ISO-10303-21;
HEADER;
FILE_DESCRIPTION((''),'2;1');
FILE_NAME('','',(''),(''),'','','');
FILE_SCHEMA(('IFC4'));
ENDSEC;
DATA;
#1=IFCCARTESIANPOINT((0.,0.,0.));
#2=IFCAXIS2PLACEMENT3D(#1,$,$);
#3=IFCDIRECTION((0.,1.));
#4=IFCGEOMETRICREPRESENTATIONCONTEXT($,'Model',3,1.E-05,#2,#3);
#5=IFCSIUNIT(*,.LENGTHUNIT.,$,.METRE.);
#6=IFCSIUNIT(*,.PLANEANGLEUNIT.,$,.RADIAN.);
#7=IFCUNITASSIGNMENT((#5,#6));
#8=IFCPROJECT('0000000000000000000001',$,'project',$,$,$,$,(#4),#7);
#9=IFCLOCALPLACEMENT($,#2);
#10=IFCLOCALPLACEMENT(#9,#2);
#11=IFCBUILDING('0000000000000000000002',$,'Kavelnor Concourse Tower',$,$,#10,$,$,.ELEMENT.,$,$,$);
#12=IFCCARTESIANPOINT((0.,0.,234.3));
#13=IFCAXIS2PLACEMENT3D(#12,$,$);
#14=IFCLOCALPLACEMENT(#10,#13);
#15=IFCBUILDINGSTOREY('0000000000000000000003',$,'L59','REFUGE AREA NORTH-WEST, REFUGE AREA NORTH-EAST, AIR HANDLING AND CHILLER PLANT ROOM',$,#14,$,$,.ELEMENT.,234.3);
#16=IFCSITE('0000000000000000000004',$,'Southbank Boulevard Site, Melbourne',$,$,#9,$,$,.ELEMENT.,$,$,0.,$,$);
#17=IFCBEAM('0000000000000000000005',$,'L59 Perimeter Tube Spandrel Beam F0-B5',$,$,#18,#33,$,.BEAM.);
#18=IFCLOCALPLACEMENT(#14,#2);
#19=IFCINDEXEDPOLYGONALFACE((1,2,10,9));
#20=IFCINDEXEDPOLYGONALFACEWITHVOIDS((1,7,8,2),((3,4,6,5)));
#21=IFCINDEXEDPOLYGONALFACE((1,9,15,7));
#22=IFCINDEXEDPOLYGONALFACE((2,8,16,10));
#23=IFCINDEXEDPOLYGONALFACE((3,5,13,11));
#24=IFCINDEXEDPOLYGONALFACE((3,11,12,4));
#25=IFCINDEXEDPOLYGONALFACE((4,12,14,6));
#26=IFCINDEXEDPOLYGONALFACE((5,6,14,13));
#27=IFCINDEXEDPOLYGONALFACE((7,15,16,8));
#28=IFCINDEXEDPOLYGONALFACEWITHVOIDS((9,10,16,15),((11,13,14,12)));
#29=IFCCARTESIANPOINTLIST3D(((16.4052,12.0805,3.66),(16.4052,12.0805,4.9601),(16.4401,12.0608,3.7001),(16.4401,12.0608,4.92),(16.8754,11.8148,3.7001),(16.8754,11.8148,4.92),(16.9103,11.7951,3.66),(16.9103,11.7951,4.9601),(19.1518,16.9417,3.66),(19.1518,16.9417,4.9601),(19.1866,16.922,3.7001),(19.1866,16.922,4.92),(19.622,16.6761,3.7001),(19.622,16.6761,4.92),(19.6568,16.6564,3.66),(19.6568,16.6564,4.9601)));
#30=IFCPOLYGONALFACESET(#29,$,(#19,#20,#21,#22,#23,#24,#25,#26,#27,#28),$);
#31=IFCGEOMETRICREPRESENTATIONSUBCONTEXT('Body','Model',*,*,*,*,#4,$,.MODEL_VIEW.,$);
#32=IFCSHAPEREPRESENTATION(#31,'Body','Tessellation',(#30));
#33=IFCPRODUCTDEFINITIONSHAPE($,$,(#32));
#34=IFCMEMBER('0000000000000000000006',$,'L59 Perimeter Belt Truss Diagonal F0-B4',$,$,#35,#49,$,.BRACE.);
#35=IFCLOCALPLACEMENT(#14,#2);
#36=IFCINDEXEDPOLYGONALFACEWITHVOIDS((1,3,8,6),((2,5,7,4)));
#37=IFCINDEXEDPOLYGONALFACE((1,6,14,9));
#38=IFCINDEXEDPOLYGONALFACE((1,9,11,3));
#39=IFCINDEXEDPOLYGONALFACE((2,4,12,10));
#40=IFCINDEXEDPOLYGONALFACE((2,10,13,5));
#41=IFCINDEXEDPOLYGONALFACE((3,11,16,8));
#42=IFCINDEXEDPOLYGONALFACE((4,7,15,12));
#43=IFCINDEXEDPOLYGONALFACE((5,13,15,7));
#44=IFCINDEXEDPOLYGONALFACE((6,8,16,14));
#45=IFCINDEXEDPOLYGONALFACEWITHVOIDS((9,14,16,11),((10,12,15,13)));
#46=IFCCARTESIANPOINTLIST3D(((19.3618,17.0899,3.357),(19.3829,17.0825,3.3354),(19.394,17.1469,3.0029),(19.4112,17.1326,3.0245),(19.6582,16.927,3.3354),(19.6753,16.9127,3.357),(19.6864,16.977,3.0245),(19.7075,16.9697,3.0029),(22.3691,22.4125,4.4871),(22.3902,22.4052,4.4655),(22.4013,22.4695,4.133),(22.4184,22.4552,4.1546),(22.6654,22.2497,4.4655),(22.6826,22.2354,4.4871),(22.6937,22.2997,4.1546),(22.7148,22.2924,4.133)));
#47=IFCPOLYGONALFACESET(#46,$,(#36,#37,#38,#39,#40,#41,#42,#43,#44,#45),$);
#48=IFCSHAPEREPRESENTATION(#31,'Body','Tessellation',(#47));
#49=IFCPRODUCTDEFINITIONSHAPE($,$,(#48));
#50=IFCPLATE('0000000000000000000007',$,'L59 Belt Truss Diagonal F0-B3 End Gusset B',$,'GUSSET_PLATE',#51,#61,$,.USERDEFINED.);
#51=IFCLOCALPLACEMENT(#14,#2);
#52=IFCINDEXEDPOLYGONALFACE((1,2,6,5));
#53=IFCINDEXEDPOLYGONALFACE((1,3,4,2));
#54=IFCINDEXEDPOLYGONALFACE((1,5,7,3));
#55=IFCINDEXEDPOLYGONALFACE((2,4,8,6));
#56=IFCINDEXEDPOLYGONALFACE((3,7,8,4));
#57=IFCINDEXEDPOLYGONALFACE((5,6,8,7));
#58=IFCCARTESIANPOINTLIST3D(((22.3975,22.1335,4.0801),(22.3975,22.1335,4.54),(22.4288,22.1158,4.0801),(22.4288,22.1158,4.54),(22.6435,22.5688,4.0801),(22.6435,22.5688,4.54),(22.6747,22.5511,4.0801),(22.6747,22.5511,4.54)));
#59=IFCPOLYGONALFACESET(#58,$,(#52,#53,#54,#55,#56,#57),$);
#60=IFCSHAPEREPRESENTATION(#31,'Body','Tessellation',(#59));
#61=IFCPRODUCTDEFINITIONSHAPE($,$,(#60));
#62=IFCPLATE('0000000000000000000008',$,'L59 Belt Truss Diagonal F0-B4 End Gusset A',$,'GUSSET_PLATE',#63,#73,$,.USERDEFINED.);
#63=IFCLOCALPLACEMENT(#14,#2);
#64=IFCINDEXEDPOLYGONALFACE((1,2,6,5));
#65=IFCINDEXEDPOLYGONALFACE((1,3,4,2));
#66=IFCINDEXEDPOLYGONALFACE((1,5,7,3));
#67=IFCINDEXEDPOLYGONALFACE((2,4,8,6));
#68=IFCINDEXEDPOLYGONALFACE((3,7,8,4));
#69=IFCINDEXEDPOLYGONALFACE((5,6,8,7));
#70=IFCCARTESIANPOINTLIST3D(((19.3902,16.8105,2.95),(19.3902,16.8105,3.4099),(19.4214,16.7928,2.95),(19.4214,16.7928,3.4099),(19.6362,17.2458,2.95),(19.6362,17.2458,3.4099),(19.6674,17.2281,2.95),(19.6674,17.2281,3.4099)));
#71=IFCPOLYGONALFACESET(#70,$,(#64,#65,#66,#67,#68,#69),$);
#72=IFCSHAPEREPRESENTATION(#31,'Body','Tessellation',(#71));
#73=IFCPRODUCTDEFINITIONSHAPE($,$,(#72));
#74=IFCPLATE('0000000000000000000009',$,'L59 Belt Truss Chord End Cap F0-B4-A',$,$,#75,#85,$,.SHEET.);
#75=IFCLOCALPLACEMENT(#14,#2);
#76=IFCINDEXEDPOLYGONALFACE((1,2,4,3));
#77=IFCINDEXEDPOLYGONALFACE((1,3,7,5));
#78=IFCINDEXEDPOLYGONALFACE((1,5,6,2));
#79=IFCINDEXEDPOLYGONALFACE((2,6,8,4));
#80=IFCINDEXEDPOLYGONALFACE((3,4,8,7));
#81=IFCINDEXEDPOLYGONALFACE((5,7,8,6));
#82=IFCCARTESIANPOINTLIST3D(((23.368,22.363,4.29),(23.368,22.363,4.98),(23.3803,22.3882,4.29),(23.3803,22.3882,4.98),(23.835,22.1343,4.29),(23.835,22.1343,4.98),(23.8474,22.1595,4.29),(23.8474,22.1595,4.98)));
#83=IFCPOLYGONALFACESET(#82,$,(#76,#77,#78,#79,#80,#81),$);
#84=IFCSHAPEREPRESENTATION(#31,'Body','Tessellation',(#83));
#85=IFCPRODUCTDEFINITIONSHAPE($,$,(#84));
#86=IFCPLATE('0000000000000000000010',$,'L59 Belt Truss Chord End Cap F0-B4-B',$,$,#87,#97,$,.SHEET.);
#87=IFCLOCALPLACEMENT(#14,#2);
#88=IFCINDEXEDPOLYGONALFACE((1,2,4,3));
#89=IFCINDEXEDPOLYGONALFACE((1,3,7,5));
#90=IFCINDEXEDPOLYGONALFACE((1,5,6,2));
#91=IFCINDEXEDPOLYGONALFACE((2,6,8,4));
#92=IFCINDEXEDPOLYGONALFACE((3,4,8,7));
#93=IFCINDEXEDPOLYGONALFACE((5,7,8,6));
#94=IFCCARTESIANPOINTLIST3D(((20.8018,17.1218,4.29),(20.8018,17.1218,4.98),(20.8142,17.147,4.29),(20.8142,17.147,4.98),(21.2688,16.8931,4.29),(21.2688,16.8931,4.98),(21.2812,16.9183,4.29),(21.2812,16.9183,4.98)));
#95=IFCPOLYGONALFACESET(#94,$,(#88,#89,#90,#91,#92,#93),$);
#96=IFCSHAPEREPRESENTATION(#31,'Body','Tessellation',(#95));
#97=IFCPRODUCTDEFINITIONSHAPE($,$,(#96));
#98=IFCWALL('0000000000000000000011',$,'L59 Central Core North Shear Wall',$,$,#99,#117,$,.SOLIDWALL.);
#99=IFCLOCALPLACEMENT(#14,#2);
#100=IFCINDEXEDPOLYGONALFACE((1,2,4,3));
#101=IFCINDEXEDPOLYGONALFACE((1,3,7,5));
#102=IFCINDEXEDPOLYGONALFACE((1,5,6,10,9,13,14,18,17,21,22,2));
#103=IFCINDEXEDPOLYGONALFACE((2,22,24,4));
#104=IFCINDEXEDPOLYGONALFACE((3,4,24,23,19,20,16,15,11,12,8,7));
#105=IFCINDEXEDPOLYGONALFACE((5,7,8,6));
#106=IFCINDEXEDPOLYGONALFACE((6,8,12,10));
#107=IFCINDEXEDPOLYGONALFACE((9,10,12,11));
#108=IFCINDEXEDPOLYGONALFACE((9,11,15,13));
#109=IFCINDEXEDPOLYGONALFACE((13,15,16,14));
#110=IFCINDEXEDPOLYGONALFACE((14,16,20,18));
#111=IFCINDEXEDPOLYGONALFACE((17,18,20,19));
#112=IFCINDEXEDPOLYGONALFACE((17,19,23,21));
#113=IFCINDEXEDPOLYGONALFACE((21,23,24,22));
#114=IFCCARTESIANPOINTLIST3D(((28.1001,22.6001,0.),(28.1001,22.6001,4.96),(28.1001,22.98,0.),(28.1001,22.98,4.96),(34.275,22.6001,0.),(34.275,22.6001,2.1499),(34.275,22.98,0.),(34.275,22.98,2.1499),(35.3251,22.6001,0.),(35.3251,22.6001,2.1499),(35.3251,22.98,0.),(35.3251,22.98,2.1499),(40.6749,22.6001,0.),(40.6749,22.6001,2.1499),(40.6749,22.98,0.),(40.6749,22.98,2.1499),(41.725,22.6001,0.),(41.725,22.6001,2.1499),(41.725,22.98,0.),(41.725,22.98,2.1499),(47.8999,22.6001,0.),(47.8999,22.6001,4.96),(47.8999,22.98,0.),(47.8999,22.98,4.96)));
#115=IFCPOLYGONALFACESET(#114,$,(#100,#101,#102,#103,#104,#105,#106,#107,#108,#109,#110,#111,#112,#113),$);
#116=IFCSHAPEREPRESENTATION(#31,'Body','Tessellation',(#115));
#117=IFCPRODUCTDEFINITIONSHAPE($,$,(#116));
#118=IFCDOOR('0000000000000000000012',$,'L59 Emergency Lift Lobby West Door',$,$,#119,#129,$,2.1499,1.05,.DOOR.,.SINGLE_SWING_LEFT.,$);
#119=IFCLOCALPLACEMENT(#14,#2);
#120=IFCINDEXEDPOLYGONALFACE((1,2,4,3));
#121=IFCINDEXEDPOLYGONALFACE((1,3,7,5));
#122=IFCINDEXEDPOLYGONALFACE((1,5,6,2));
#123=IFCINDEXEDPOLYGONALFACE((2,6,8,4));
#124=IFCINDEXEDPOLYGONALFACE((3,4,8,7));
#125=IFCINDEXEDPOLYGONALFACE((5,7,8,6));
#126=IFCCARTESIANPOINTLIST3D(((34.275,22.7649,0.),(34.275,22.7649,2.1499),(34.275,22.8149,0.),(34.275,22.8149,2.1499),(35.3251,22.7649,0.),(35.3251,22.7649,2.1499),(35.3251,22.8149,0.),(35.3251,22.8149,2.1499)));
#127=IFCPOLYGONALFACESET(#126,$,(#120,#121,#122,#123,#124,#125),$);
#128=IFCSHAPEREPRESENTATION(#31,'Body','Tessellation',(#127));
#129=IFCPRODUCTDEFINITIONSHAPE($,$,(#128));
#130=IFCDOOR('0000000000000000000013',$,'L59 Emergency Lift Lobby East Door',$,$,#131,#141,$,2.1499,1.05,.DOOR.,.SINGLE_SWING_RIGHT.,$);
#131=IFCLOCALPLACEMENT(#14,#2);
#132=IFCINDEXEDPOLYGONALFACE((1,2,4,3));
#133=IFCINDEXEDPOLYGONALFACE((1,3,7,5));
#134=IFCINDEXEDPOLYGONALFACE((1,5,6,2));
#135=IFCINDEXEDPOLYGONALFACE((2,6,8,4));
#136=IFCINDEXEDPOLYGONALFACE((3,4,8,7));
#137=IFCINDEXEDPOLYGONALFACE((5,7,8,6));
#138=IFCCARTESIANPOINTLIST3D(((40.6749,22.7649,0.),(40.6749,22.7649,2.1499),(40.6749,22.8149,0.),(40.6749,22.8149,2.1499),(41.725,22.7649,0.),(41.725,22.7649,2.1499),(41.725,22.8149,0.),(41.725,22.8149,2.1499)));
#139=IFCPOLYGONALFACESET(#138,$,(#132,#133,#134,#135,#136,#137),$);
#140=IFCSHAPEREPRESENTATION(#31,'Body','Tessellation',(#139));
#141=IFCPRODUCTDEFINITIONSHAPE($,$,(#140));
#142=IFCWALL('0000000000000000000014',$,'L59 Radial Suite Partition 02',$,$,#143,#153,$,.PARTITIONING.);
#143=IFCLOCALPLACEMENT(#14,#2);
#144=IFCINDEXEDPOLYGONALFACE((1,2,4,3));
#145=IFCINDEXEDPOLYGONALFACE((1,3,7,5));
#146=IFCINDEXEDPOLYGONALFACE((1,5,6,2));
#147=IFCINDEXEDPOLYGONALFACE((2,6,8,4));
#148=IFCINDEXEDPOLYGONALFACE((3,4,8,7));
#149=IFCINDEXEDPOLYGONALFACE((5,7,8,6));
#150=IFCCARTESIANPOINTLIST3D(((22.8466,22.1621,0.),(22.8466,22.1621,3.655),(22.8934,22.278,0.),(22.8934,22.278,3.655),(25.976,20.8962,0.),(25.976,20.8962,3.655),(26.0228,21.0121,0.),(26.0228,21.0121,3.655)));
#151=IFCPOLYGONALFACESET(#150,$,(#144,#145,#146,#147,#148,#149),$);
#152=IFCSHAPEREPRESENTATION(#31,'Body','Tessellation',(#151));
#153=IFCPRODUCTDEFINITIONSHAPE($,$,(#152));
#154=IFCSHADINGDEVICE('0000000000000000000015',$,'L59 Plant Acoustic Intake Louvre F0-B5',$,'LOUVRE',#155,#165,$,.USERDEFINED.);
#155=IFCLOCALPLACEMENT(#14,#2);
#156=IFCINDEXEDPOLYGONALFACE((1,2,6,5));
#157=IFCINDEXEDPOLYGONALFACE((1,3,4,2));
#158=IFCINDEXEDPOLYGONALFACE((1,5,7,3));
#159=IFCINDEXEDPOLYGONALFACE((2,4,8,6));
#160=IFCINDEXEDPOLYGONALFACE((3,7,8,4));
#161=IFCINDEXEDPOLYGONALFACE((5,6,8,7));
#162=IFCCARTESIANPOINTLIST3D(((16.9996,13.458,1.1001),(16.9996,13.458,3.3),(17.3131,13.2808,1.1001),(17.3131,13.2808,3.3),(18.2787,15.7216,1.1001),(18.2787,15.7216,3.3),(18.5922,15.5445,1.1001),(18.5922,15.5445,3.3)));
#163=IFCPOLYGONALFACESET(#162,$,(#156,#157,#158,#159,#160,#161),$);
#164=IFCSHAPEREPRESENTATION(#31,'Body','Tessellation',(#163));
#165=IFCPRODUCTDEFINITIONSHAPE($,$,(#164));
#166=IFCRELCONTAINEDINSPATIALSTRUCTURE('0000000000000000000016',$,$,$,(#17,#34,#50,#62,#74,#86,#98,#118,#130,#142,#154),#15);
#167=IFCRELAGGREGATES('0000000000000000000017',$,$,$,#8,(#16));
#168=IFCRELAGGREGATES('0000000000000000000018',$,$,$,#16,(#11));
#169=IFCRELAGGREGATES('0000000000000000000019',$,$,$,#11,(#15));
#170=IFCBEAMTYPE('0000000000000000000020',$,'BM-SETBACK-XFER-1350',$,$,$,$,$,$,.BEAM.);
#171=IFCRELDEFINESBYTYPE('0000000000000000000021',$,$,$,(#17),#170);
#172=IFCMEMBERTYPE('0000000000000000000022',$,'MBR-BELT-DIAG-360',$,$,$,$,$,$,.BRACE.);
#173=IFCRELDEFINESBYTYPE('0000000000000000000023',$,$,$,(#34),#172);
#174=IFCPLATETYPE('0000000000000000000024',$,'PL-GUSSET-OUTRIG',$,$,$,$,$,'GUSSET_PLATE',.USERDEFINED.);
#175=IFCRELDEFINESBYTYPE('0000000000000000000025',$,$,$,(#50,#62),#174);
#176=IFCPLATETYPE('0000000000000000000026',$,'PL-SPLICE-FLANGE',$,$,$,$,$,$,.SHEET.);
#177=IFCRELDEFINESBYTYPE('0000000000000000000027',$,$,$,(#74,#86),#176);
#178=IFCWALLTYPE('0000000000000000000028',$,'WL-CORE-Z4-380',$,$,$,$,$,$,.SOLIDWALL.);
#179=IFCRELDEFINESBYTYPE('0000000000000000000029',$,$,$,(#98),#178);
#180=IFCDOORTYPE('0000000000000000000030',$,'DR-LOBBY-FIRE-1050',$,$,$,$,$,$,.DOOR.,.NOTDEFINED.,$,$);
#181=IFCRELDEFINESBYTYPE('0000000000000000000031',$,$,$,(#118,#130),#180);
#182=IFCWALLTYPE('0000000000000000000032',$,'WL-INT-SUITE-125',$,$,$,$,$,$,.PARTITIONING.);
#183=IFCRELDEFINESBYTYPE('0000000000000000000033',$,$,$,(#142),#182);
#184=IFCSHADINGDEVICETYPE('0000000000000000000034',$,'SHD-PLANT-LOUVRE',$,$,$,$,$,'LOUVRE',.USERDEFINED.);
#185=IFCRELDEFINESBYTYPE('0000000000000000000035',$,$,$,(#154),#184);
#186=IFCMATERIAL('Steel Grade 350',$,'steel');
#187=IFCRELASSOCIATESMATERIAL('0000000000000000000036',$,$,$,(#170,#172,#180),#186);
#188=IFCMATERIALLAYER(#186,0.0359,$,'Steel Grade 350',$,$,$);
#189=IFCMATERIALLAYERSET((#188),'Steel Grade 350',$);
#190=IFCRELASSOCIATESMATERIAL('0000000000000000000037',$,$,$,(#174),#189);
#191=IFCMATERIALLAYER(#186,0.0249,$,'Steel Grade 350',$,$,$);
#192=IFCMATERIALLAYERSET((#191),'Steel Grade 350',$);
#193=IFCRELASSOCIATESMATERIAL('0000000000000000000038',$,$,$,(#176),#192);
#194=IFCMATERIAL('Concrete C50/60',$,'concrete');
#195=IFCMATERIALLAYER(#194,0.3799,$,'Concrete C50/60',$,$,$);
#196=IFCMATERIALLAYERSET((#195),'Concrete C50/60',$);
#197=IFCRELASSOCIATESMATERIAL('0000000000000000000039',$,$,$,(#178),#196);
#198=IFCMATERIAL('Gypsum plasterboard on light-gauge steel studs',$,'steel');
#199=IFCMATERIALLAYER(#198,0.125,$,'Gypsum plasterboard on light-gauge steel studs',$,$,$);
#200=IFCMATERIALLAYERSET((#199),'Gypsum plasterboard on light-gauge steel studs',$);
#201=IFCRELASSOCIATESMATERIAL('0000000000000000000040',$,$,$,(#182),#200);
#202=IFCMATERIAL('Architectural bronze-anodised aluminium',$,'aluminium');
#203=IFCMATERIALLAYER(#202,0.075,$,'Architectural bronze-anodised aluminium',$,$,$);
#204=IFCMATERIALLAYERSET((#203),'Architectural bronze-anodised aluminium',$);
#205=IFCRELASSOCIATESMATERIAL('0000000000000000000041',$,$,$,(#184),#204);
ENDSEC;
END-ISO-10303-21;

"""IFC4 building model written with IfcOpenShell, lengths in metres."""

from ifc_helpers import new_model, si_unit, direction, frame, frame_2d, origin, origin_2d, place, context, subcontext, project, spatial, rectangle, hollow_rectangle, extrude, material, layer, layer_set, material_profile, profile_set, type_object, element, fill, save


model = new_model("IFC4")

# Units and contexts
model_context = context("Model", 3, precision=1e-05, world=origin(), true_north=direction((0.0, 1.0)))
body_context = subcontext(model_context, "Body", "Model", "MODEL_VIEW")
ifc_project = project(units=[si_unit("LENGTHUNIT", "METRE"), si_unit("PLANEANGLEUNIT", "RADIAN")], contexts=[model_context])

# Site, building, storey
site_placement = place(None, origin())
site = spatial("IfcSite", under=ifc_project, at=site_placement, Name="Southbank Boulevard Site, Melbourne", CompositionType="ELEMENT", RefElevation=0.0)
building_placement = place(site_placement, origin())
building = spatial("IfcBuilding", under=site, at=building_placement, Name="Kavelnor Concourse Tower", CompositionType="ELEMENT")
storey_placement = place(building_placement, frame((0.0, 0.0, 234.3)))
storey = spatial("IfcBuildingStorey", under=building, at=storey_placement, Name="L59", Description="REFUGE AREA NORTH-WEST, REFUGE AREA NORTH-EAST, AIR HANDLING AND CHILLER PLANT ROOM", CompositionType="ELEMENT", Elevation=234.3)

# Shared definitions
ifc_material_1 = material(Name="Steel Grade 350", Category="steel")

# Beam
ifc_material_profile_1 = material_profile(ifc_material_1, hollow_rectangle(XDim=0.5801, YDim=1.3, WallThickness=0.04, at=origin_2d()), Name="RHS 1300x580x40")
ifc_profile_set_1 = profile_set([ifc_material_profile_1], Name="Steel Grade 350")
beam_type_1 = type_object("IfcBeamType", Name="BM-SETBACK-XFER-1350", PredefinedType="BEAM", material=ifc_profile_set_1)
for number, where, z_axis, x_axis, name in (
    (1, (19.4043, 16.7991, 4.3101), (-0.491905, -0.870649, 0.0), (0.870649, -0.491905, 0.0), "L59 Perimeter Tube Spandrel Beam F0-B5"),
):
    element("IfcBeam", number, at=place(storey_placement, frame(where, z_axis=z_axis, x_axis=x_axis)), inside=storey, type_object=beam_type_1, Name=name, PredefinedType="BEAM", context=body_context, shape_type="SweptSolid", body=[
        extrude(hollow_rectangle(XDim=0.5801, YDim=1.3, WallThickness=0.04, at=origin_2d()), origin(), (0.0, 0.0, 1.0), 5.5835),
    ])

# Member
ifc_material_profile_2 = material_profile(ifc_material_1, hollow_rectangle(XDim=0.3601, YDim=0.3601, WallThickness=0.022, at=origin_2d()), Name="SHS 360x360x22")
ifc_profile_set_2 = profile_set([ifc_material_profile_2], Name="Steel Grade 350")
member_type = type_object("IfcMemberType", Name="MBR-BELT-DIAG-360", PredefinedType="BRACE", material=ifc_profile_set_2)
member_placement = place(storey_placement, frame((19.5347, 17.0298, 3.1799), z_axis=(0.483715, 0.856141, 0.181776), x_axis=(-0.870646, 0.49191, 0.0)))
element("IfcMember", 2, at=member_placement, inside=storey, type_object=member_type, Name="L59 Perimeter Belt Truss Diagonal F0-B4", PredefinedType="BRACE", context=body_context, shape_type="SweptSolid", body=[
    extrude(hollow_rectangle(XDim=0.3601, YDim=0.3601, WallThickness=0.022, at=origin_2d()), origin(), (0.0, 0.0, 1.0), 6.217),
])

# Plates
ifc_layer_1 = layer(ifc_material_1, 0.0359, Name="Steel Grade 350")
ifc_layer_set_1 = layer_set([ifc_layer_1], Name="Steel Grade 350")
plate_type_1 = type_object("IfcPlateType", Name="PL-GUSSET-OUTRIG", ElementType="GUSSET_PLATE", PredefinedType="USERDEFINED", material=ifc_layer_set_1)
for number, where, z_axis, x_axis, name in (
    (3, (22.5361, 22.3423, 4.0801), (0.0, 0.0, 1.0), (-0.491968, -0.870613, 0.0), "L59 Belt Truss Diagonal F0-B3 End Gusset B"),
    (4, (19.5288, 17.0193, 2.95), (0.0, 0.0, 1.0), (0.491968, 0.870613, 0.0), "L59 Belt Truss Diagonal F0-B4 End Gusset A"),
):
    element("IfcPlate", number, at=place(storey_placement, frame(where, z_axis=z_axis, x_axis=x_axis)), inside=storey, type_object=plate_type_1, Name=name, ObjectType="GUSSET_PLATE", PredefinedType="USERDEFINED", context=body_context, shape_type="SweptSolid", body=[
        extrude(rectangle(XDim=0.5, YDim=0.0359, at=origin_2d()), origin(), (0.0, 0.0, 1.0), 0.46),
    ])
ifc_layer_2 = layer(ifc_material_1, 0.0249, Name="Steel Grade 350")
ifc_layer_set_2 = layer_set([ifc_layer_2], Name="Steel Grade 350")
plate_type_2 = type_object("IfcPlateType", Name="PL-SPLICE-FLANGE", PredefinedType="SHEET", material=ifc_layer_set_2)
for number, where, z_axis, x_axis, name in (
    (5, (23.6077, 22.2612, 4.29), (0.0, 0.0, 1.0), (-0.898104, 0.439782, 0.0), "L59 Belt Truss Chord End Cap F0-B4-A"),
    (6, (21.0415, 17.02, 4.29), (0.0, 0.0, 1.0), (0.898104, -0.439782, 0.0), "L59 Belt Truss Chord End Cap F0-B4-B"),
):
    element("IfcPlate", number, at=place(storey_placement, frame(where, z_axis=z_axis, x_axis=x_axis)), inside=storey, type_object=plate_type_2, Name=name, PredefinedType="SHEET", context=body_context, shape_type="SweptSolid", body=[
        extrude(rectangle(XDim=0.52, YDim=0.0281, at=origin_2d()), origin(), (0.0, 0.0, 1.0), 0.6899),
    ])

# Wall, openings, doors
ifc_material_2 = material(Name="Concrete C50/60", Category="concrete")
ifc_layer_3 = layer(ifc_material_2, 0.3799, Name="Concrete C50/60")
ifc_layer_set_3 = layer_set([ifc_layer_3], Name="Concrete C50/60")
wall_type_1 = type_object("IfcWallType", Name="WL-CORE-Z4-380", PredefinedType="SOLIDWALL", material=ifc_layer_set_3)
wall_1_placement = place(storey_placement, frame((28.1001, 22.79, 0.0), z_axis=(0.0, 0.0, 1.0), x_axis=(1.0, 0.0, 0.0)))
wall_1 = element("IfcWall", 7, at=wall_1_placement, inside=storey, type_object=wall_type_1, Name="L59 Central Core North Shear Wall", PredefinedType="SOLIDWALL", context=body_context, shape_type="SweptSolid", body=[
    extrude(rectangle(XDim=19.7998, YDim=0.3799, at=frame_2d((9.8999, 0.0))), origin(), (0.0, 0.0, 1.0), 4.96),
])
opening_1_placement = place(wall_1_placement, frame((6.175, 0.0, 0.0)))
opening_1 = element("IfcOpeningElement", 8, at=opening_1_placement, cuts=wall_1, PredefinedType="OPENING", context=body_context, shape_type="SweptSolid", body=[
    extrude(rectangle(XDim=1.05, YDim=2.1499, at=frame_2d((0.5249, 1.075))), frame((0.0, 0.2, 0.0), z_axis=(0.0, -1.0, 0.0), x_axis=(1.0, 0.0, 0.0)), (0.0, 0.0, 1.0), 0.3999),
])
opening_2_placement = place(wall_1_placement, frame((12.575, 0.0, 0.0)))
opening_2 = element("IfcOpeningElement", 9, at=opening_2_placement, cuts=wall_1, PredefinedType="OPENING", context=body_context, shape_type="SweptSolid", body=[
    extrude(rectangle(XDim=1.05, YDim=2.1499, at=frame_2d((0.5249, 1.075))), frame((0.0, 0.2, 0.0), z_axis=(0.0, -1.0, 0.0), x_axis=(1.0, 0.0, 0.0)), (0.0, 0.0, 1.0), 0.3999),
])
door_type = type_object("IfcDoorType", Name="DR-LOBBY-FIRE-1050", OperationType="NOTDEFINED", PredefinedType="DOOR", material=ifc_material_1)
door_1_placement = place(opening_1_placement, origin())
door_1 = element("IfcDoor", 10, at=door_1_placement, inside=storey, type_object=door_type, Name="L59 Emergency Lift Lobby West Door", OperationType="SINGLE_SWING_LEFT", OverallHeight=2.1499, OverallWidth=1.05, PredefinedType="DOOR", context=body_context, shape_type="SweptSolid", body=[
    extrude(rectangle(XDim=1.05, YDim=2.1499, at=frame_2d((0.5249, 1.075))), frame((0.0, 0.0249, 0.0), z_axis=(0.0, -1.0, 0.0), x_axis=(1.0, 0.0, 0.0)), (0.0, 0.0, 1.0), 0.05),
])
fill(opening_1, door_1)
door_2_placement = place(opening_2_placement, origin())
door_2 = element("IfcDoor", 11, at=door_2_placement, inside=storey, type_object=door_type, Name="L59 Emergency Lift Lobby East Door", OperationType="SINGLE_SWING_RIGHT", OverallHeight=2.1499, OverallWidth=1.05, PredefinedType="DOOR", context=body_context, shape_type="SweptSolid", body=[
    extrude(rectangle(XDim=1.05, YDim=2.1499, at=frame_2d((0.5249, 1.075))), frame((0.0, 0.0249, 0.0), z_axis=(0.0, -1.0, 0.0), x_axis=(1.0, 0.0, 0.0)), (0.0, 0.0, 1.0), 0.05),
])
fill(opening_2, door_2)

# Wall
ifc_material_3 = material(Name="Gypsum plasterboard on light-gauge steel studs", Category="steel")
ifc_layer_4 = layer(ifc_material_3, 0.125, Name="Gypsum plasterboard on light-gauge steel studs")
ifc_layer_set_4 = layer_set([ifc_layer_4], Name="Gypsum plasterboard on light-gauge steel studs")
wall_type_2 = type_object("IfcWallType", Name="WL-INT-SUITE-125", PredefinedType="PARTITIONING", material=ifc_layer_set_4)
wall_2_placement = place(storey_placement, frame((25.9995, 20.9541, 0.0), z_axis=(0.0, 0.0, 1.0), x_axis=(-0.927028, 0.374992, 0.0)))
element("IfcWall", 12, at=wall_2_placement, inside=storey, type_object=wall_type_2, Name="L59 Radial Suite Partition 02", PredefinedType="PARTITIONING", context=body_context, shape_type="SweptSolid", body=[
    extrude(rectangle(XDim=3.3757, YDim=0.125, at=frame_2d((1.688, 0.0))), origin(), (0.0, 0.0, 1.0), 3.655),
])

# Shading device
ifc_material_4 = material(Name="Architectural bronze-anodised aluminium", Category="aluminium")
ifc_layer_5 = layer(ifc_material_4, 0.075, Name="Architectural bronze-anodised aluminium")
ifc_layer_set_5 = layer_set([ifc_layer_5], Name="Architectural bronze-anodised aluminium")
shading_device_type = type_object("IfcShadingDeviceType", Name="SHD-PLANT-LOUVRE", ElementType="LOUVRE", PredefinedType="USERDEFINED", material=ifc_layer_set_5)
shading_device_placement = place(storey_placement, frame((17.7959, 14.5012, 1.1001), z_axis=(0.0, 0.0, 1.0), x_axis=(0.491968, 0.870613, 0.0)))
element("IfcShadingDevice", 13, at=shading_device_placement, inside=storey, type_object=shading_device_type, Name="L59 Plant Acoustic Intake Louvre F0-B5", ObjectType="LOUVRE", PredefinedType="USERDEFINED", context=body_context, shape_type="SweptSolid", body=[
    extrude(rectangle(XDim=2.6001, YDim=0.3601, at=origin_2d()), origin(), (0.0, 0.0, 1.0), 2.2),
])

save(model, "model.ifc")
